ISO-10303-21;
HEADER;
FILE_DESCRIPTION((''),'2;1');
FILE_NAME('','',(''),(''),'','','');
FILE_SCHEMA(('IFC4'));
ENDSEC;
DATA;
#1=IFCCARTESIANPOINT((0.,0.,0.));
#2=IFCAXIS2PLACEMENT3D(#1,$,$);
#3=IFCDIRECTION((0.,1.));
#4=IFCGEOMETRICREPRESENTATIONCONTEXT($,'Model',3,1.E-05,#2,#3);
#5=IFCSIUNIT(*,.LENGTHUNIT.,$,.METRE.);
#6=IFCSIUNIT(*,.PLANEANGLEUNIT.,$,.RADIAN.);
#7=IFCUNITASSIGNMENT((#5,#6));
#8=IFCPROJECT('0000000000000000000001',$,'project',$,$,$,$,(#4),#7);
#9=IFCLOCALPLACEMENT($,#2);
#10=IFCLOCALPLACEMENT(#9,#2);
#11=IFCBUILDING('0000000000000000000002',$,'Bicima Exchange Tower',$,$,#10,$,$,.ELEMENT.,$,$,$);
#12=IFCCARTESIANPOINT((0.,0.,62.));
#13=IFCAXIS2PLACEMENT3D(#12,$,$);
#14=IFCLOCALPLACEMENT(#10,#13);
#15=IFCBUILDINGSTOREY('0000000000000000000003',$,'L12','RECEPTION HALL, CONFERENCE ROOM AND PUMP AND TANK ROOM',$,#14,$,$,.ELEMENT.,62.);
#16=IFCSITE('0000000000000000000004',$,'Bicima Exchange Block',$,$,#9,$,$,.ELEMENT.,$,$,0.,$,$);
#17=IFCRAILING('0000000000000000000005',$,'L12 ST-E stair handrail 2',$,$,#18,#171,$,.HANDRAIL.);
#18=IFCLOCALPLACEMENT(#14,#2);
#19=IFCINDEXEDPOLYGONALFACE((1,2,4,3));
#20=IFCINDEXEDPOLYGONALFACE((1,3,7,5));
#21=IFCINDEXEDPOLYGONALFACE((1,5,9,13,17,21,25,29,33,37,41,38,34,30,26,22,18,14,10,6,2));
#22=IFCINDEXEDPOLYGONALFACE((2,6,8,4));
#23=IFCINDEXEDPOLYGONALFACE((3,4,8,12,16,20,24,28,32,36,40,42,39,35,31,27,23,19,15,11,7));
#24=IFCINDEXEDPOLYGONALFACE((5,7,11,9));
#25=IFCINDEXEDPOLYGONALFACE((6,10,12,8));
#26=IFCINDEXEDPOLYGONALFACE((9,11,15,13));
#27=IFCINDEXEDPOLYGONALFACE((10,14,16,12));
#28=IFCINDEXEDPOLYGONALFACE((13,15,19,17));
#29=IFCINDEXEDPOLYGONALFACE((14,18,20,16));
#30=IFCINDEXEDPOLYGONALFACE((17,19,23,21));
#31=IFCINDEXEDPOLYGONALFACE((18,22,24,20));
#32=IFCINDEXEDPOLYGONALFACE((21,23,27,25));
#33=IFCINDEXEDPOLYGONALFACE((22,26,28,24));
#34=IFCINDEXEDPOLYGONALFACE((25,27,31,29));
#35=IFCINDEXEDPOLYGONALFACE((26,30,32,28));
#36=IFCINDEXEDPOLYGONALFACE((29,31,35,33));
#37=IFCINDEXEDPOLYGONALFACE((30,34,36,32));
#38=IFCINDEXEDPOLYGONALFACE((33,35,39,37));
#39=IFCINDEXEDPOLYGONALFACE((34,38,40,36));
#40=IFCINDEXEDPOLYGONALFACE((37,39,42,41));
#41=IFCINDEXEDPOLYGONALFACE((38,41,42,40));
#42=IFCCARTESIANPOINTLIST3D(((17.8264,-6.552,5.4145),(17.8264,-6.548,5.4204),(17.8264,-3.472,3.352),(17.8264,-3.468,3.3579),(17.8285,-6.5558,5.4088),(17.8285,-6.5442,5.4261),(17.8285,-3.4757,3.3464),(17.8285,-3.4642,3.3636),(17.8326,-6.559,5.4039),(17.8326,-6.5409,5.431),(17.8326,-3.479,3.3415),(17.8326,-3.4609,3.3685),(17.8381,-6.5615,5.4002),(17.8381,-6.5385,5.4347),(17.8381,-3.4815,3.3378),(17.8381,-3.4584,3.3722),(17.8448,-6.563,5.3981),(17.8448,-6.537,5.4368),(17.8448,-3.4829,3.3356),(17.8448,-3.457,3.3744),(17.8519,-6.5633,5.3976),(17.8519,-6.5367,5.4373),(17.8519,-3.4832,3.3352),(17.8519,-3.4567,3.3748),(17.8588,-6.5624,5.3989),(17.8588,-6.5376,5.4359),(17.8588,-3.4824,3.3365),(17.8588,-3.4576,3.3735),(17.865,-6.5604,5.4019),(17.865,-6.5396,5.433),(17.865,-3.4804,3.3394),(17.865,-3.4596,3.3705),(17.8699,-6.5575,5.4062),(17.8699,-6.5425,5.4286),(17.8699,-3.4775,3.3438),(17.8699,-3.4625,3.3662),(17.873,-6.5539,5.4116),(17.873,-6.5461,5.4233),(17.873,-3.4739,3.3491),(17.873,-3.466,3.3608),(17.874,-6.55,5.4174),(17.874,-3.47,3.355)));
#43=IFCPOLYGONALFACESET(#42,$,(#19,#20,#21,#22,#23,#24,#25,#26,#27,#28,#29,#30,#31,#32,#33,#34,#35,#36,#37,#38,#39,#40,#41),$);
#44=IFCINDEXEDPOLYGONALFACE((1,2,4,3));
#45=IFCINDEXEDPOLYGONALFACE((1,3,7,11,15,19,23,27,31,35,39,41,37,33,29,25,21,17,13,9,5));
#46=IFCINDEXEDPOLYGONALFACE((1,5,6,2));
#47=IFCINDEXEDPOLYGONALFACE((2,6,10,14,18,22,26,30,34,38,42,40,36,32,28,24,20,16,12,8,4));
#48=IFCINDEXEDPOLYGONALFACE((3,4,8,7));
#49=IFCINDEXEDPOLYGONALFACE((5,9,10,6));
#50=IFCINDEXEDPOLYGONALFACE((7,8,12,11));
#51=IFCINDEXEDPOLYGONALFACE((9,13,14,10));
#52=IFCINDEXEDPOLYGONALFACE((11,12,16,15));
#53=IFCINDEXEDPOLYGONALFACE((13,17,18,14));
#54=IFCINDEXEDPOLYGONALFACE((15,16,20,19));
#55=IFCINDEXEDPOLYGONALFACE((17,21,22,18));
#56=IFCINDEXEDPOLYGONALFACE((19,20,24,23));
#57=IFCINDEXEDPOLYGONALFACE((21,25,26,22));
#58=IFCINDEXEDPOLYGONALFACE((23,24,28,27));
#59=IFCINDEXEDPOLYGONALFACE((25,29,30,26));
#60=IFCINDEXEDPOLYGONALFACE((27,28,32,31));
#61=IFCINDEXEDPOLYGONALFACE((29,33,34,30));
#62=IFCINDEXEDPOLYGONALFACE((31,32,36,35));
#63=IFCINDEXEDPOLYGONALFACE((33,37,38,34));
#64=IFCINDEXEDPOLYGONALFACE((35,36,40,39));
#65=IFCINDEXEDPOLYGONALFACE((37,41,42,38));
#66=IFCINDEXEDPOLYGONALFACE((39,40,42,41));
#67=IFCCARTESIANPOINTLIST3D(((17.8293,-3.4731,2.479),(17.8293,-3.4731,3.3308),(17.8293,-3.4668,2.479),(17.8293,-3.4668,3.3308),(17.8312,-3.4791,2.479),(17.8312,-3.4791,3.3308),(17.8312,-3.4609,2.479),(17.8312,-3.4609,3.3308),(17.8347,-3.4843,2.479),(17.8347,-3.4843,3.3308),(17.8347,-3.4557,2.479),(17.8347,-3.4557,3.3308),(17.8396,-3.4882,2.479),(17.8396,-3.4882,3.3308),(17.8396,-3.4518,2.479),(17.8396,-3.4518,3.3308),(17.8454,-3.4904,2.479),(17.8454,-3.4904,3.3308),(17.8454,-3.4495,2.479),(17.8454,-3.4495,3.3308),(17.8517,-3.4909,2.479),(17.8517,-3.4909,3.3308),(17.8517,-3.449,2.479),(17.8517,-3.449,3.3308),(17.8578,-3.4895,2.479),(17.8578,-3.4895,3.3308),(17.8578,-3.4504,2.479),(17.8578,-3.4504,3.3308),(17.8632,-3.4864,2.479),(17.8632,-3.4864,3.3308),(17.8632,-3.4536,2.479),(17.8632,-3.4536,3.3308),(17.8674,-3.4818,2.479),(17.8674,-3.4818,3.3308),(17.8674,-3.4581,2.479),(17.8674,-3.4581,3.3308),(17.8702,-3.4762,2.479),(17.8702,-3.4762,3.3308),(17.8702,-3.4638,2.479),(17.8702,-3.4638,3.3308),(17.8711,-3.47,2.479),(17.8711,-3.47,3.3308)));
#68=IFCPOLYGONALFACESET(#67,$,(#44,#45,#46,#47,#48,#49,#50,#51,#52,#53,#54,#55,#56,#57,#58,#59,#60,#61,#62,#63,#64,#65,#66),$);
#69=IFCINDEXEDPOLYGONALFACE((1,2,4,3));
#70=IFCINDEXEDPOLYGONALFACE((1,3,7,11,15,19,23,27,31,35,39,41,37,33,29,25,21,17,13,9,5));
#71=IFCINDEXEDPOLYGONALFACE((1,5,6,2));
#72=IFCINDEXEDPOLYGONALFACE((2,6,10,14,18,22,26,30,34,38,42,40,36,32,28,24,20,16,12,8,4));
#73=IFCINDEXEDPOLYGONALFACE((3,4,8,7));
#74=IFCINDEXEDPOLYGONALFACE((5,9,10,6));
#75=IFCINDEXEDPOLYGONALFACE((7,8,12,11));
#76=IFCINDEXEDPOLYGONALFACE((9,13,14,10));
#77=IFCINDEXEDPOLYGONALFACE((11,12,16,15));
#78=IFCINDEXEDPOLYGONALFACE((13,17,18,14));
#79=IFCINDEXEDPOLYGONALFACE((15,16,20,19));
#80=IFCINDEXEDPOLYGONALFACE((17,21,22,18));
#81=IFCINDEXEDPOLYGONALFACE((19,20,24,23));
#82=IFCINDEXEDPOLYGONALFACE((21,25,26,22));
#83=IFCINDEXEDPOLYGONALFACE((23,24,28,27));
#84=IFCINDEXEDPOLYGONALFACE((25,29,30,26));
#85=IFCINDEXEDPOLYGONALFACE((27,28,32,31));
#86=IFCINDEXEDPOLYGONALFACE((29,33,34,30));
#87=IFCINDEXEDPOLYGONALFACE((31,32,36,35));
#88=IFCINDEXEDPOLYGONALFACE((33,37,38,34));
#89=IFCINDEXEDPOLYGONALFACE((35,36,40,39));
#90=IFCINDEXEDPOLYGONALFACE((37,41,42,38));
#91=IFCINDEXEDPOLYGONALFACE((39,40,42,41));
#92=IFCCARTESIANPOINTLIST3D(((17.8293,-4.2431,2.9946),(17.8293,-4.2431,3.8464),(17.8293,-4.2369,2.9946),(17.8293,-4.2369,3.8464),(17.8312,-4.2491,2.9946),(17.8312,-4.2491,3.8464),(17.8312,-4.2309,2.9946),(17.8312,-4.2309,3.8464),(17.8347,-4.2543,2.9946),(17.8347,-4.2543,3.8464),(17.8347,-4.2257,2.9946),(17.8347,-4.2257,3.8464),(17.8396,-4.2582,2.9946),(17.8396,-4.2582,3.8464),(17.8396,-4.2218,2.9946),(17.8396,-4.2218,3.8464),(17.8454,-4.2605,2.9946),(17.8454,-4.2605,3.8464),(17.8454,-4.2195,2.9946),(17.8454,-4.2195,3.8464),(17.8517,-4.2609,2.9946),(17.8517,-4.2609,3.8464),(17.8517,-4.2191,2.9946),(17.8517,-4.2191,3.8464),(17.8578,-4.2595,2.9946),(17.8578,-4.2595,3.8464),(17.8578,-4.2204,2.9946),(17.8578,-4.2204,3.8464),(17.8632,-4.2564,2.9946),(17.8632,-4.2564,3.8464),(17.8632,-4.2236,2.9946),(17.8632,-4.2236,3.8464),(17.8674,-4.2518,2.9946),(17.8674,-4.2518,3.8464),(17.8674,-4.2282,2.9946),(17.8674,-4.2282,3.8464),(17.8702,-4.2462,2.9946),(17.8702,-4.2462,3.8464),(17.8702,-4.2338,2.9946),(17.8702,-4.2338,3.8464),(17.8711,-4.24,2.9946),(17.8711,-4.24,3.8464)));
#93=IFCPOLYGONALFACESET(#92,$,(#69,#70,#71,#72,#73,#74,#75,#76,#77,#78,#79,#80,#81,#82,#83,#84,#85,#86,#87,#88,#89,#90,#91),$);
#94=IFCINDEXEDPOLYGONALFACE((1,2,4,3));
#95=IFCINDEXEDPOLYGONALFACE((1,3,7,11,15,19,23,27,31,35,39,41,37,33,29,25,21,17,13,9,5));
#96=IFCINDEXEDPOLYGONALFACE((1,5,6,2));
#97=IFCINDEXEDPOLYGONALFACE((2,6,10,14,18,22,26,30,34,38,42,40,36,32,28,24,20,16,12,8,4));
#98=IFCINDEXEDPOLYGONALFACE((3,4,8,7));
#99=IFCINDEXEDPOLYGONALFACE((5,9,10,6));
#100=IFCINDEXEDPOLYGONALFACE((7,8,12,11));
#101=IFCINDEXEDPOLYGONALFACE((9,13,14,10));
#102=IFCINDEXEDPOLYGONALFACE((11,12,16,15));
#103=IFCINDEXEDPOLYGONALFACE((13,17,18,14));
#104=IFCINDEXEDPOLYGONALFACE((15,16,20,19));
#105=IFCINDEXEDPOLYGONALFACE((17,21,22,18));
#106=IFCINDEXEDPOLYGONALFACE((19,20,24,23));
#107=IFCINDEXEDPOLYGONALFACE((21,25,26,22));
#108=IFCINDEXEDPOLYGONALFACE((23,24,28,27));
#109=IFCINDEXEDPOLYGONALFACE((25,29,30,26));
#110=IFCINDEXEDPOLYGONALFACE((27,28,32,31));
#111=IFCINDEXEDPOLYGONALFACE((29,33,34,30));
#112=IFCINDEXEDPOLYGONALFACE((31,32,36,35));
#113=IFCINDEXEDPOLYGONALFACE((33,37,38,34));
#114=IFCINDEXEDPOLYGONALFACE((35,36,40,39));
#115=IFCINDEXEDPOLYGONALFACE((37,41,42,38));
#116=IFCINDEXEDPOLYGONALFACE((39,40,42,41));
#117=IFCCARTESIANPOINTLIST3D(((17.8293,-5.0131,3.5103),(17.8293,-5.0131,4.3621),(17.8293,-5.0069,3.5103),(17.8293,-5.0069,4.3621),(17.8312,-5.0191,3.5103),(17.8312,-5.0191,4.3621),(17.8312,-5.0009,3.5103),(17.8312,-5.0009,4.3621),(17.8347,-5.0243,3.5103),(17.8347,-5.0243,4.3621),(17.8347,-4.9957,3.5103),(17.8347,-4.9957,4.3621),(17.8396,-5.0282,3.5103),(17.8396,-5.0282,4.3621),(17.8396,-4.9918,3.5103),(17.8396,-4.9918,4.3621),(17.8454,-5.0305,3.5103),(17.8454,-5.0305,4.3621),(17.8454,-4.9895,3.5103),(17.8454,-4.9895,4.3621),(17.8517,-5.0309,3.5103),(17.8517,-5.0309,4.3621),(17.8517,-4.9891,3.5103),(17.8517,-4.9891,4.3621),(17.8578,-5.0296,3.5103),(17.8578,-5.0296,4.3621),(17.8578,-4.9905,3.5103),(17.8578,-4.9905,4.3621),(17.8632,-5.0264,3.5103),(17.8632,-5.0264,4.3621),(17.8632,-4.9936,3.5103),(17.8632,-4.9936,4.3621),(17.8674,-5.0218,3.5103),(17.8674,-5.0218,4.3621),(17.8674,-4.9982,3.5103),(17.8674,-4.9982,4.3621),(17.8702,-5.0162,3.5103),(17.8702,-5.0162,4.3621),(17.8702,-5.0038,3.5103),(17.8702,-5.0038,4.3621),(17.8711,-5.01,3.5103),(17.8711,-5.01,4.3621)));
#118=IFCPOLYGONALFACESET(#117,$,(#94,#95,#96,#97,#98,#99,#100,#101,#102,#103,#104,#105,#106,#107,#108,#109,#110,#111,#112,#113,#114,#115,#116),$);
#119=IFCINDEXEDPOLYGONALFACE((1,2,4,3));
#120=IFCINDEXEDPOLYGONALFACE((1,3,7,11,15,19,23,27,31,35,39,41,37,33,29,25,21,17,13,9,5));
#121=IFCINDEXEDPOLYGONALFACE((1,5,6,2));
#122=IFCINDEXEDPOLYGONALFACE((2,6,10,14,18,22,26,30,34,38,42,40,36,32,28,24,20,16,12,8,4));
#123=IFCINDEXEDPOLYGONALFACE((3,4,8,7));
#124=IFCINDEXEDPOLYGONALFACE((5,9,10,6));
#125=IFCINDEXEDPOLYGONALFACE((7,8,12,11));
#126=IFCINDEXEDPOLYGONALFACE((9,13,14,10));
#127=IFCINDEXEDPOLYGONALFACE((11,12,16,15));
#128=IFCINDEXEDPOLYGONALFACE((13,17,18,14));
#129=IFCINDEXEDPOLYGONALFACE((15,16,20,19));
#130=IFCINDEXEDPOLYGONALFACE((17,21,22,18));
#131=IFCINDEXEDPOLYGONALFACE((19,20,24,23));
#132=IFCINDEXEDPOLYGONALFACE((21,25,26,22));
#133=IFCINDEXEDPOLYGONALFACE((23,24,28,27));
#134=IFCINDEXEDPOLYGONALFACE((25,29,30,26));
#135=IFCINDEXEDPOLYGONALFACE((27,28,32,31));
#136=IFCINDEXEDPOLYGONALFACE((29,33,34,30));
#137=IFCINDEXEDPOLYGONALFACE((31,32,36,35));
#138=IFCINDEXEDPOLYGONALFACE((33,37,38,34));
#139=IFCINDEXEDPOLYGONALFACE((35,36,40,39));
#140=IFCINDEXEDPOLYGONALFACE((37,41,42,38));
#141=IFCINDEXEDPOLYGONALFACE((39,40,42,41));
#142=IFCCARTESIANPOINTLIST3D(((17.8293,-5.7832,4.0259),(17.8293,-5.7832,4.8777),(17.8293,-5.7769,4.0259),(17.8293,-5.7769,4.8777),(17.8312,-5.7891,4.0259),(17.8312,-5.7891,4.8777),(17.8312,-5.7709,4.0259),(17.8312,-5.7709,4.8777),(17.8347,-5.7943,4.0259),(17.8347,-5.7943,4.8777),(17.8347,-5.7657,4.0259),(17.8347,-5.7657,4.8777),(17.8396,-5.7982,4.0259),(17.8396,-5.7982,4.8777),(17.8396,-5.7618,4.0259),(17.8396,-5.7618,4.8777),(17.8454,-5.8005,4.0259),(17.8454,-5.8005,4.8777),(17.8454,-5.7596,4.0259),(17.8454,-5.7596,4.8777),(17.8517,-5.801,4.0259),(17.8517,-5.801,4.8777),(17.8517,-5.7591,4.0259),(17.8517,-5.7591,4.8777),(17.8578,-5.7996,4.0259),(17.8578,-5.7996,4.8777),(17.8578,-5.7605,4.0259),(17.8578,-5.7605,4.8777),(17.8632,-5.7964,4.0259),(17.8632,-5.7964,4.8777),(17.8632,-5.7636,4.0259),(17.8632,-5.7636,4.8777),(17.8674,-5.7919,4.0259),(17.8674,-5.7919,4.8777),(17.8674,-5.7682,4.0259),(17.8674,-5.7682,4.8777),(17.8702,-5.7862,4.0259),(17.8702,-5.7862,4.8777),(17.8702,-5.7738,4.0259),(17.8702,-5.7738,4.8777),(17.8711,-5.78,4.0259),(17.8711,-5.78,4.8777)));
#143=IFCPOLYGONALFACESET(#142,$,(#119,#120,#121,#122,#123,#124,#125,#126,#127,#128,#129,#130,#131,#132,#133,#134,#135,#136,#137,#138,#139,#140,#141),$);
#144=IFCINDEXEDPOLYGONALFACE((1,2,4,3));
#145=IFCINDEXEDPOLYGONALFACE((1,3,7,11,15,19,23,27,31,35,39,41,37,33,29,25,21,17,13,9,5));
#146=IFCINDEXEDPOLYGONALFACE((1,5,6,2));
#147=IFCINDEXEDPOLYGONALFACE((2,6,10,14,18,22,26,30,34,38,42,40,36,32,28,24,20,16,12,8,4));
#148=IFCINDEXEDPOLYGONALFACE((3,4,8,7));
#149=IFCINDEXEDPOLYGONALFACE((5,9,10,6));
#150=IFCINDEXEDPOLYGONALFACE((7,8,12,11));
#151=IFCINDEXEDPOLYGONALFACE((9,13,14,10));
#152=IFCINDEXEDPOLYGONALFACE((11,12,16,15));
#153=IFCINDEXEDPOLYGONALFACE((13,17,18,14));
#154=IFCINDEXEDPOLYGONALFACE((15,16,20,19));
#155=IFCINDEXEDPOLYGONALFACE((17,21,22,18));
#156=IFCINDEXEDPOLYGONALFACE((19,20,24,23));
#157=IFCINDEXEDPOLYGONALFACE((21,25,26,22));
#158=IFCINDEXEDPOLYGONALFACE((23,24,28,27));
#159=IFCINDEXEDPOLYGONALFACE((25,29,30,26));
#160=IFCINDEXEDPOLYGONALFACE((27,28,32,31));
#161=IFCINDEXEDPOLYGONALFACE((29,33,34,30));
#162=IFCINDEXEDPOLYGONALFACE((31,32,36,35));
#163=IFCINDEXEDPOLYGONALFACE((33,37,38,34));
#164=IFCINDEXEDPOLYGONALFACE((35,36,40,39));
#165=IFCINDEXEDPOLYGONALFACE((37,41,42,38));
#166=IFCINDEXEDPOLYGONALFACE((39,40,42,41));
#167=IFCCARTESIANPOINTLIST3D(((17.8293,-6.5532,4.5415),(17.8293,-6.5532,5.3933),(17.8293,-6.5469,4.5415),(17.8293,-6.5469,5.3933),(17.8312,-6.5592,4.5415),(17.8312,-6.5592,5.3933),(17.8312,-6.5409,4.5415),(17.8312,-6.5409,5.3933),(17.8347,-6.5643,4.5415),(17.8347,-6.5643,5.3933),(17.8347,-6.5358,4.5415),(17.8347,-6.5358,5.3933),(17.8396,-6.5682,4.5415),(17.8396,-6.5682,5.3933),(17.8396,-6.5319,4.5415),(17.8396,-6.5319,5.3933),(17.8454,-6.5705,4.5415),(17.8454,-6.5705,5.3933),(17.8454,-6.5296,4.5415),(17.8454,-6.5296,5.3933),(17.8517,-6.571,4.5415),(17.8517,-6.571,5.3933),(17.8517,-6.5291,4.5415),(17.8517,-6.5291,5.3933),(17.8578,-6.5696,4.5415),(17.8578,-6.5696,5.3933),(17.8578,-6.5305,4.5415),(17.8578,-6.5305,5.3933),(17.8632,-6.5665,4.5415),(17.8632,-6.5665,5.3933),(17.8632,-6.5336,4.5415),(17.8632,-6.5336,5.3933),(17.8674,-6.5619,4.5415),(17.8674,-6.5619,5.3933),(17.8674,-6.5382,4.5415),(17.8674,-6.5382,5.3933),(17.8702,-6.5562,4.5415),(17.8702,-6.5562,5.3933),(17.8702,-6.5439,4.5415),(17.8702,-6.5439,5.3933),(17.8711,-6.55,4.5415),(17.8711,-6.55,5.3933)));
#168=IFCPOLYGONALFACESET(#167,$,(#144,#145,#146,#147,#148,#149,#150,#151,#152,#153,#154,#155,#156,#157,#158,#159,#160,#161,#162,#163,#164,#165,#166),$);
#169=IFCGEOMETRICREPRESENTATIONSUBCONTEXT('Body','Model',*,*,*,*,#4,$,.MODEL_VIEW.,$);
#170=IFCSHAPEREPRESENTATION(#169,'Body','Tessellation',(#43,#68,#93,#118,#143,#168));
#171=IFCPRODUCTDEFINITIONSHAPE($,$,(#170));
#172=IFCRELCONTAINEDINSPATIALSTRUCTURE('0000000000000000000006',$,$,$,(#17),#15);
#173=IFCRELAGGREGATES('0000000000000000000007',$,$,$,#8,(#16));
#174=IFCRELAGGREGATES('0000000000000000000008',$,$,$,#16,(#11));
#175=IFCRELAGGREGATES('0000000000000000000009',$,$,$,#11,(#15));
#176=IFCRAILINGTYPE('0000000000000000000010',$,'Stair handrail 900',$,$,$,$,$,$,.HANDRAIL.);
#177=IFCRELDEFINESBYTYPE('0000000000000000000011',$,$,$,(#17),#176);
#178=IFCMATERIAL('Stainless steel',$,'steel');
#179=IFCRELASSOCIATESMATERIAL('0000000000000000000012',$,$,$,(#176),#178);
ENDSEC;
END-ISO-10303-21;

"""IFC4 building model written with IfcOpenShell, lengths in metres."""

from ifc_helpers import new_model, si_unit, direction, frame, origin, origin_2d, place, context, subcontext, project, spatial, circle, extrude, material, type_object, element, save


model = new_model("IFC4")

# Units and contexts
model_context = context("Model", 3, precision=1e-05, world=origin(), true_north=direction((0.0, 1.0)))
body_context = subcontext(model_context, "Body", "Model", "MODEL_VIEW")
ifc_project = project(units=[si_unit("LENGTHUNIT", "METRE"), si_unit("PLANEANGLEUNIT", "RADIAN")], contexts=[model_context])

# Site, building, storey
site_placement = place(None, origin())
site = spatial("IfcSite", under=ifc_project, at=site_placement, Name="Bicima Exchange Block", CompositionType="ELEMENT", RefElevation=0.0)
building_placement = place(site_placement, origin())
building = spatial("IfcBuilding", under=site, at=building_placement, Name="Bicima Exchange Tower", CompositionType="ELEMENT")
storey_placement = place(building_placement, frame((0.0, 0.0, 62.0)))
storey = spatial("IfcBuildingStorey", under=building, at=storey_placement, Name="L12", Description="RECEPTION HALL, CONFERENCE ROOM AND PUMP AND TANK ROOM", CompositionType="ELEMENT", Elevation=62.0)

# Railing
ifc_material_1 = material(Name="Stainless steel", Category="steel")
railing_type = type_object("IfcRailingType", Name="Stair handrail 900", PredefinedType="HANDRAIL", material=ifc_material_1)
railing_placement = place(storey_placement, frame((17.8501, -3.47, 2.479)))
element("IfcRailing", 1, at=railing_placement, inside=storey, type_object=railing_type, Name="L12 ST-E stair handrail 2", PredefinedType="HANDRAIL", context=body_context, shape_type="SweptSolid", body=[
    extrude(circle(Radius=0.0239, at=origin_2d()), frame((0.0, 0.0, 0.876), z_axis=(0.0, -0.830914, 0.556401), x_axis=(1.0, 0.0, 0.0)), (0.0, 0.0, 1.0), 3.7068),
    extrude(circle(Radius=0.021, at=origin_2d()), origin(), (0.0, 0.0, 1.0), 0.8518),
    extrude(circle(Radius=0.021, at=origin_2d()), frame((0.0, -0.77, 0.5156)), (0.0, 0.0, 1.0), 0.8518),
    extrude(circle(Radius=0.021, at=origin_2d()), frame((0.0, -1.54, 1.0312)), (0.0, 0.0, 1.0), 0.8518),
    extrude(circle(Radius=0.021, at=origin_2d()), frame((0.0, -2.3101, 1.5469)), (0.0, 0.0, 1.0), 0.8518),
    extrude(circle(Radius=0.021, at=origin_2d()), frame((0.0, -3.0801, 2.0625)), (0.0, 0.0, 1.0), 0.8518),
])

save(model, "model.ifc")
